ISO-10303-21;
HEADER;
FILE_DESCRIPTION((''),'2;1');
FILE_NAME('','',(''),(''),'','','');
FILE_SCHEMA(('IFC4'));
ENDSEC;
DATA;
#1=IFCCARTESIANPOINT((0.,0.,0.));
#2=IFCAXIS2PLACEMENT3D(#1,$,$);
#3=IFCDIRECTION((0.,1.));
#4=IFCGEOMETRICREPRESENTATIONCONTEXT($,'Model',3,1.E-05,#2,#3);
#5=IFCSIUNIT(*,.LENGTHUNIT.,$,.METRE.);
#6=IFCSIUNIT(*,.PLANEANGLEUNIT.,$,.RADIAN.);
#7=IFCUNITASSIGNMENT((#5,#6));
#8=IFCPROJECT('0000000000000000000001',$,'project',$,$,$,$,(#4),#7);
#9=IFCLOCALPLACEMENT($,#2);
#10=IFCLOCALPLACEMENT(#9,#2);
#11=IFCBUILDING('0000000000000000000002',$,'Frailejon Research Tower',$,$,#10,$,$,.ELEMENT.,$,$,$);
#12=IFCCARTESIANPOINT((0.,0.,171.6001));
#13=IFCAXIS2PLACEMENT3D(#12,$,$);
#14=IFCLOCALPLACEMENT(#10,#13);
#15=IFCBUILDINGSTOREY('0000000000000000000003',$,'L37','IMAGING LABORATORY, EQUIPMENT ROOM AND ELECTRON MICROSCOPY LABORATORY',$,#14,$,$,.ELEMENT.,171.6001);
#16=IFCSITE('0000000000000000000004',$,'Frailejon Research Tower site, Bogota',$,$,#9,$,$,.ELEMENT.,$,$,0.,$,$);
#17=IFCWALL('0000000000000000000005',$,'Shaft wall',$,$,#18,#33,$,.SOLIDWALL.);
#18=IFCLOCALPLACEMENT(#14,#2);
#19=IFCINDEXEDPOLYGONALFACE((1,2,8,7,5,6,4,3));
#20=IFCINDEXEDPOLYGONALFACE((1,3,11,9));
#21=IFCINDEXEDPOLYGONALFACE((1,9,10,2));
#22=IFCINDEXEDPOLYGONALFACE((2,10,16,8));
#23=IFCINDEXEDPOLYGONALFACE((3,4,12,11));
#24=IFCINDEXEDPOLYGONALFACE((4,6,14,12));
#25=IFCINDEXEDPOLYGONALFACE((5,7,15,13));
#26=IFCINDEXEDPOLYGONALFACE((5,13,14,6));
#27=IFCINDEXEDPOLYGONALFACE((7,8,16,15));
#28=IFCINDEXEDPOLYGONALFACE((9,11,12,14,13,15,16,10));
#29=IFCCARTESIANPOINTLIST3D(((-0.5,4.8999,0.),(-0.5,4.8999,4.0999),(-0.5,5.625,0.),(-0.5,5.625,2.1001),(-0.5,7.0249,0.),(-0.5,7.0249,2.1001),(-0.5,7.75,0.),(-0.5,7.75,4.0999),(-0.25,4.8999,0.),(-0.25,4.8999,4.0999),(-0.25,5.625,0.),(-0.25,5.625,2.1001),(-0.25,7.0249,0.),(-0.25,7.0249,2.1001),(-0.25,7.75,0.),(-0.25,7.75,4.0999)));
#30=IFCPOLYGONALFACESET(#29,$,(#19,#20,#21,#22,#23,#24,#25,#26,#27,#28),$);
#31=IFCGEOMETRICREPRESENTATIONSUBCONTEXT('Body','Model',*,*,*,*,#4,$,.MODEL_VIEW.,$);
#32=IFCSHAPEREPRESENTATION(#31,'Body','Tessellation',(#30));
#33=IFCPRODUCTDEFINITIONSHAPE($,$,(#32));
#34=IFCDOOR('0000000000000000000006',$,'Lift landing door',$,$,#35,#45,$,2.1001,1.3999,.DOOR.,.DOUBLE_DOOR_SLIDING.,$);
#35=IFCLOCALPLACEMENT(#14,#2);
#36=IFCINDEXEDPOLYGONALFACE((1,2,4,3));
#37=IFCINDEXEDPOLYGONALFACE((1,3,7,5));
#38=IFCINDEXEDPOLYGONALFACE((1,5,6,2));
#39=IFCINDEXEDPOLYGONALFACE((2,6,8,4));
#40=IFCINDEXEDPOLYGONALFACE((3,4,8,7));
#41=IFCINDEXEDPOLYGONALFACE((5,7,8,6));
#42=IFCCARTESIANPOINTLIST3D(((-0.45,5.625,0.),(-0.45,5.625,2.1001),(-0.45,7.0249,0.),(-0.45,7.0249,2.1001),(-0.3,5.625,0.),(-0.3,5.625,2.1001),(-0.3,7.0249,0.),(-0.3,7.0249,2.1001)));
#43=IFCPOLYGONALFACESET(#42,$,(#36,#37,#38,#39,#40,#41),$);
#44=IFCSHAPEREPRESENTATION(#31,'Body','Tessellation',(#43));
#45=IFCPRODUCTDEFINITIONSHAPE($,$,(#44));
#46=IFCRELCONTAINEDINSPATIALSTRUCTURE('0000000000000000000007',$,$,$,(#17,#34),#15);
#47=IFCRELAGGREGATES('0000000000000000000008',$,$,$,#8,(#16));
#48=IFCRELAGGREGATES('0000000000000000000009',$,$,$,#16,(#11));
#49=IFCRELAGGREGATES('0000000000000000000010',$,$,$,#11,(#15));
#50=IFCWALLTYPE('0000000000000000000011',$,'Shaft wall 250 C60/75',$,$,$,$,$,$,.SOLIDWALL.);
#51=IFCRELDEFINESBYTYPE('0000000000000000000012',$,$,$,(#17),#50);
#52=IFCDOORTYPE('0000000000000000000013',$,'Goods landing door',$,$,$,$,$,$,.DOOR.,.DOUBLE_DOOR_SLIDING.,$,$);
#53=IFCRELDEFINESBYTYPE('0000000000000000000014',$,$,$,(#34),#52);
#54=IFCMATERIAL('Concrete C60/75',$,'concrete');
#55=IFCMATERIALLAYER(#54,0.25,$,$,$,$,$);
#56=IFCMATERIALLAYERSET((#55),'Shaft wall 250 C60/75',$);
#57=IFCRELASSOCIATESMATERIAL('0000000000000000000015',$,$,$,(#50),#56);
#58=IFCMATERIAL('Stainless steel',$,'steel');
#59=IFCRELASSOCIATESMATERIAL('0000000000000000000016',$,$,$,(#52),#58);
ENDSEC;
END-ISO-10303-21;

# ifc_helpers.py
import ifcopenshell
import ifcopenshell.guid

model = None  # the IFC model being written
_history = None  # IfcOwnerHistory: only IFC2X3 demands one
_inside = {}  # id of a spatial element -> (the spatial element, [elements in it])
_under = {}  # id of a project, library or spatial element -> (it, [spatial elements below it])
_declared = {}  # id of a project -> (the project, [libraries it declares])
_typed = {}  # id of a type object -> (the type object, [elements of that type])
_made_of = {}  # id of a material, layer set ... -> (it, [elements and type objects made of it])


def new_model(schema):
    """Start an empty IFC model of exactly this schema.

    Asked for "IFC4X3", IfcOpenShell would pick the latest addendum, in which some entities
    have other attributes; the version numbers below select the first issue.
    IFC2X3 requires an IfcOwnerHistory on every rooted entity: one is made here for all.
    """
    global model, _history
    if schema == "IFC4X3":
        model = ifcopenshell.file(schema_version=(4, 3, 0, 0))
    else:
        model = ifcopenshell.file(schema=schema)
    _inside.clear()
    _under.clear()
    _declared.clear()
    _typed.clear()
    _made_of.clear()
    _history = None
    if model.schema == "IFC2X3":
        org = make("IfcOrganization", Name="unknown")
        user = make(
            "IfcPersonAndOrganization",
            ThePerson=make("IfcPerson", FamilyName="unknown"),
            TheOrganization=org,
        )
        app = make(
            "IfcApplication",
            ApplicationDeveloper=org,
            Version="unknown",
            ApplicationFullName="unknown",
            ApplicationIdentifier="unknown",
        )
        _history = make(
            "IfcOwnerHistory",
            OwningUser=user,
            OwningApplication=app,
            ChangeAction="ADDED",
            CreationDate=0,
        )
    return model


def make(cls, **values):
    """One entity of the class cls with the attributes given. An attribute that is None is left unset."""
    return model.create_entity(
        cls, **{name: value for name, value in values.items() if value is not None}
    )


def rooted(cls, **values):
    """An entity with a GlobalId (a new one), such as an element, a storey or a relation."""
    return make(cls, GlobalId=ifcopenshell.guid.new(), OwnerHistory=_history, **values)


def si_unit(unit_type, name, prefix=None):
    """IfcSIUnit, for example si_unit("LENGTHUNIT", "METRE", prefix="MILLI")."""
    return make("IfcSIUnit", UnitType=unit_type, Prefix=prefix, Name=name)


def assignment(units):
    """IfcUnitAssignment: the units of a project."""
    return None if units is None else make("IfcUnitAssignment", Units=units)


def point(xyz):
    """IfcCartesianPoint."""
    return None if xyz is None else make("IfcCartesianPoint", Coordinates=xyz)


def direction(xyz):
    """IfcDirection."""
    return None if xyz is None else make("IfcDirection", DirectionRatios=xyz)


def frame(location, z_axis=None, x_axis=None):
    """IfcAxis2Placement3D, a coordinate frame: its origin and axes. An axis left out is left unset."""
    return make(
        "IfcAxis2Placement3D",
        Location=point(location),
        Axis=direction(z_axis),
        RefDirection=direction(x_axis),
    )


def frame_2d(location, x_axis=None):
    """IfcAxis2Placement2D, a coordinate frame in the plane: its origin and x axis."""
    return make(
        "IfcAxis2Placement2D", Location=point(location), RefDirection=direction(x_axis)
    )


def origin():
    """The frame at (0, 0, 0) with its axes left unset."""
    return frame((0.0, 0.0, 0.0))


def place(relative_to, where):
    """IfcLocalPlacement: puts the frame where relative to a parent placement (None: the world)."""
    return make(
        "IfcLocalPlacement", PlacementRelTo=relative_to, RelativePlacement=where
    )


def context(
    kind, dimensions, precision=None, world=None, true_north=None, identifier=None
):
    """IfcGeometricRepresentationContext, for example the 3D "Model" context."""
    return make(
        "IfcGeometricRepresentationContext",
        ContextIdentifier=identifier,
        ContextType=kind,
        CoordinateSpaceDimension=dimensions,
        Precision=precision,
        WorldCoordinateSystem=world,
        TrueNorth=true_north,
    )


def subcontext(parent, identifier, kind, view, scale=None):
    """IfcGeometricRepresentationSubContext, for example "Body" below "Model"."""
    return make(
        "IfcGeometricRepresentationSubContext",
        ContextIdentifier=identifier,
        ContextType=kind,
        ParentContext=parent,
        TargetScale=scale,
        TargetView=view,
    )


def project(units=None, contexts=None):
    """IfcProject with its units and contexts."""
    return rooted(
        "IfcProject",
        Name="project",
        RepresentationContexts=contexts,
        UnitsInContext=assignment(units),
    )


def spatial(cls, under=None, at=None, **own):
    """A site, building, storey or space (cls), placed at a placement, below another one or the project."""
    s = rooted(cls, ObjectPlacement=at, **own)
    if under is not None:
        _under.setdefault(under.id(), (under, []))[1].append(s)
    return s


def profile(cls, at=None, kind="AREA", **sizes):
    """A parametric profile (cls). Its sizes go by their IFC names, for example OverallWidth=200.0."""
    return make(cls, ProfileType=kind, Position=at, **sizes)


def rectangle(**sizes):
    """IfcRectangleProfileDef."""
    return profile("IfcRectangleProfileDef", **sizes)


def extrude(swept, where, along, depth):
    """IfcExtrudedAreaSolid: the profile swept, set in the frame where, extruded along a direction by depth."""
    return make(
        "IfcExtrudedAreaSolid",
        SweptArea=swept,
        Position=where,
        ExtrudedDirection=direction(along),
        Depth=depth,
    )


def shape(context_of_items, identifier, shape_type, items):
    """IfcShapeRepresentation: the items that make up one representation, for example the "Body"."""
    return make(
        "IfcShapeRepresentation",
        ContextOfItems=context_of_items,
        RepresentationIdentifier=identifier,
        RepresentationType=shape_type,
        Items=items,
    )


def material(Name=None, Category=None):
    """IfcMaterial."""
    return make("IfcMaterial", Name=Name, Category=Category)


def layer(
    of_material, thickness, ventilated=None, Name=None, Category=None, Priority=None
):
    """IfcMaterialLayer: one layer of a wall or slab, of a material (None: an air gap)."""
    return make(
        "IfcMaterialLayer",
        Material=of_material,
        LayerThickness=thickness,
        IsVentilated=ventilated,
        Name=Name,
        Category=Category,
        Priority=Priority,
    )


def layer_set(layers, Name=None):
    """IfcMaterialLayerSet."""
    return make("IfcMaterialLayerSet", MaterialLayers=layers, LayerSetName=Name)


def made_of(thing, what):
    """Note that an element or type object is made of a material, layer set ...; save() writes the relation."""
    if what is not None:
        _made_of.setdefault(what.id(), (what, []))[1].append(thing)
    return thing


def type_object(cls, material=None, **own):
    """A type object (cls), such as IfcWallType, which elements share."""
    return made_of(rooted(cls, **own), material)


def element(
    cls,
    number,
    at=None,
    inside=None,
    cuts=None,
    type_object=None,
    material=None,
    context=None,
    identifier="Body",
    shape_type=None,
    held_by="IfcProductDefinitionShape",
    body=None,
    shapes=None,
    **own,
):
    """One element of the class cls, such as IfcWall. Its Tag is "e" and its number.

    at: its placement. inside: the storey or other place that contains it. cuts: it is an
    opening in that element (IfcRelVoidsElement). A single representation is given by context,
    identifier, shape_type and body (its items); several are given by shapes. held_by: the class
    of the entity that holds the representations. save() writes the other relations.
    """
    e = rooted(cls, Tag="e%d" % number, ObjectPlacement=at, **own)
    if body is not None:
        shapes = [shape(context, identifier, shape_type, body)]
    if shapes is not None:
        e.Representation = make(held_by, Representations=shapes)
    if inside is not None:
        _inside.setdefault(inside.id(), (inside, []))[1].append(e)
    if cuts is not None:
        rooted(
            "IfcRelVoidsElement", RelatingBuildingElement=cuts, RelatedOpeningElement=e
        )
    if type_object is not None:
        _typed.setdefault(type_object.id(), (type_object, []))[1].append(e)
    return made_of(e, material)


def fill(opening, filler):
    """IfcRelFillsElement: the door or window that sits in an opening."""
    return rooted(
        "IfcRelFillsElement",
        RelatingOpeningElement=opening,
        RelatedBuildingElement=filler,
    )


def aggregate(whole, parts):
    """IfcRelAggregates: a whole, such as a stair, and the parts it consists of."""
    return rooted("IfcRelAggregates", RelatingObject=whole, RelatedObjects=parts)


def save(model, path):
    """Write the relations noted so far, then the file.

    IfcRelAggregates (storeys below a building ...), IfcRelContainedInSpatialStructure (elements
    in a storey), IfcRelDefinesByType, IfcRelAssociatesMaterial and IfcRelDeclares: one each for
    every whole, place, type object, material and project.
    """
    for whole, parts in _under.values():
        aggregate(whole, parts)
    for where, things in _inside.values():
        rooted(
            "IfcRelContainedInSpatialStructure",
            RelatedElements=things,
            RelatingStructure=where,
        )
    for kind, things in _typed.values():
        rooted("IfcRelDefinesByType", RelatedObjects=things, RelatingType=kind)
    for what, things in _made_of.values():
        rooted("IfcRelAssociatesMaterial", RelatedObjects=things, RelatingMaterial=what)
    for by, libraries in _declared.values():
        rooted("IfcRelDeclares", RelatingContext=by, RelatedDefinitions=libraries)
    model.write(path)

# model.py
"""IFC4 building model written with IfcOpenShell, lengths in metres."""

from ifc_helpers import new_model, si_unit, direction, frame, frame_2d, origin, place, context, subcontext, project, spatial, rectangle, extrude, material, layer, layer_set, type_object, element, fill, save


model = new_model("IFC4")

# Units and contexts
model_context = context("Model", 3, precision=1e-05, world=origin(), true_north=direction((0.0, 1.0)))
body_context = subcontext(model_context, "Body", "Model", "MODEL_VIEW")
ifc_project = project(units=[si_unit("LENGTHUNIT", "METRE"), si_unit("PLANEANGLEUNIT", "RADIAN")], contexts=[model_context])

# Site, building, storey
site_placement = place(None, origin())
site = spatial("IfcSite", under=ifc_project, at=site_placement, Name="Frailejon Research Tower site, Bogota", CompositionType="ELEMENT", RefElevation=0.0)
building_placement = place(site_placement, origin())
building = spatial("IfcBuilding", under=site, at=building_placement, Name="Frailejon Research Tower", CompositionType="ELEMENT")
storey_placement = place(building_placement, frame((0.0, 0.0, 171.6001)))
storey = spatial("IfcBuildingStorey", under=building, at=storey_placement, Name="L37", Description="IMAGING LABORATORY, EQUIPMENT ROOM AND ELECTRON MICROSCOPY LABORATORY", CompositionType="ELEMENT", Elevation=171.6001)

# Shared definitions
ifc_material_1 = material(Name="Concrete C60/75", Category="concrete")
ifc_layer_1 = layer(ifc_material_1, 0.25)
ifc_layer_set_1 = layer_set([ifc_layer_1], Name="Shaft wall 250 C60/75")
wall_type_1 = type_object("IfcWallType", Name="Shaft wall 250 C60/75", PredefinedType="SOLIDWALL", material=ifc_layer_set_1)

# Wall, opening, door
wall_1_placement = place(storey_placement, frame((-0.375, 4.8999, 0.0), z_axis=(0.0, 0.0, 1.0), x_axis=(0.0, 1.0, 0.0)))
wall_1 = element("IfcWall", 1, at=wall_1_placement, inside=storey, type_object=wall_type_1, Name="Shaft wall", PredefinedType="SOLIDWALL", context=body_context, shape_type="SweptSolid", body=[
    extrude(rectangle(XDim=2.8501, YDim=0.25, at=frame_2d((1.425, 0.0))), origin(), (0.0, 0.0, 1.0), 4.0999),
])
opening_1_placement = place(wall_1_placement, frame((0.7251, 0.0, 0.0)))
opening_1 = element("IfcOpeningElement", 2, at=opening_1_placement, cuts=wall_1, PredefinedType="OPENING", context=body_context, shape_type="SweptSolid", body=[
    extrude(rectangle(XDim=1.3999, YDim=2.1001, at=frame_2d((0.7, 1.05))), frame((0.0, 0.135, 0.0), z_axis=(0.0, -1.0, 0.0), x_axis=(1.0, 0.0, 0.0)), (0.0, 0.0, 1.0), 0.27),
])
ifc_material_2 = material(Name="Stainless steel", Category="steel")
door_type_1 = type_object("IfcDoorType", Name="Goods landing door", OperationType="DOUBLE_DOOR_SLIDING", PredefinedType="DOOR", material=ifc_material_2)
door_1_placement = place(opening_1_placement, origin())
door_1 = element("IfcDoor", 3, at=door_1_placement, inside=storey, type_object=door_type_1, Name="Lift landing door", OperationType="DOUBLE_DOOR_SLIDING", OverallHeight=2.1001, OverallWidth=1.3999, PredefinedType="DOOR", context=body_context, shape_type="SweptSolid", body=[
    extrude(rectangle(XDim=1.3999, YDim=2.1001, at=frame_2d((0.7, 1.05))), frame((0.0, 0.075, 0.0), z_axis=(0.0, -1.0, 0.0), x_axis=(1.0, 0.0, 0.0)), (0.0, 0.0, 1.0), 0.1499),
])
fill(opening_1, door_1)

save(model, "model.ifc")
